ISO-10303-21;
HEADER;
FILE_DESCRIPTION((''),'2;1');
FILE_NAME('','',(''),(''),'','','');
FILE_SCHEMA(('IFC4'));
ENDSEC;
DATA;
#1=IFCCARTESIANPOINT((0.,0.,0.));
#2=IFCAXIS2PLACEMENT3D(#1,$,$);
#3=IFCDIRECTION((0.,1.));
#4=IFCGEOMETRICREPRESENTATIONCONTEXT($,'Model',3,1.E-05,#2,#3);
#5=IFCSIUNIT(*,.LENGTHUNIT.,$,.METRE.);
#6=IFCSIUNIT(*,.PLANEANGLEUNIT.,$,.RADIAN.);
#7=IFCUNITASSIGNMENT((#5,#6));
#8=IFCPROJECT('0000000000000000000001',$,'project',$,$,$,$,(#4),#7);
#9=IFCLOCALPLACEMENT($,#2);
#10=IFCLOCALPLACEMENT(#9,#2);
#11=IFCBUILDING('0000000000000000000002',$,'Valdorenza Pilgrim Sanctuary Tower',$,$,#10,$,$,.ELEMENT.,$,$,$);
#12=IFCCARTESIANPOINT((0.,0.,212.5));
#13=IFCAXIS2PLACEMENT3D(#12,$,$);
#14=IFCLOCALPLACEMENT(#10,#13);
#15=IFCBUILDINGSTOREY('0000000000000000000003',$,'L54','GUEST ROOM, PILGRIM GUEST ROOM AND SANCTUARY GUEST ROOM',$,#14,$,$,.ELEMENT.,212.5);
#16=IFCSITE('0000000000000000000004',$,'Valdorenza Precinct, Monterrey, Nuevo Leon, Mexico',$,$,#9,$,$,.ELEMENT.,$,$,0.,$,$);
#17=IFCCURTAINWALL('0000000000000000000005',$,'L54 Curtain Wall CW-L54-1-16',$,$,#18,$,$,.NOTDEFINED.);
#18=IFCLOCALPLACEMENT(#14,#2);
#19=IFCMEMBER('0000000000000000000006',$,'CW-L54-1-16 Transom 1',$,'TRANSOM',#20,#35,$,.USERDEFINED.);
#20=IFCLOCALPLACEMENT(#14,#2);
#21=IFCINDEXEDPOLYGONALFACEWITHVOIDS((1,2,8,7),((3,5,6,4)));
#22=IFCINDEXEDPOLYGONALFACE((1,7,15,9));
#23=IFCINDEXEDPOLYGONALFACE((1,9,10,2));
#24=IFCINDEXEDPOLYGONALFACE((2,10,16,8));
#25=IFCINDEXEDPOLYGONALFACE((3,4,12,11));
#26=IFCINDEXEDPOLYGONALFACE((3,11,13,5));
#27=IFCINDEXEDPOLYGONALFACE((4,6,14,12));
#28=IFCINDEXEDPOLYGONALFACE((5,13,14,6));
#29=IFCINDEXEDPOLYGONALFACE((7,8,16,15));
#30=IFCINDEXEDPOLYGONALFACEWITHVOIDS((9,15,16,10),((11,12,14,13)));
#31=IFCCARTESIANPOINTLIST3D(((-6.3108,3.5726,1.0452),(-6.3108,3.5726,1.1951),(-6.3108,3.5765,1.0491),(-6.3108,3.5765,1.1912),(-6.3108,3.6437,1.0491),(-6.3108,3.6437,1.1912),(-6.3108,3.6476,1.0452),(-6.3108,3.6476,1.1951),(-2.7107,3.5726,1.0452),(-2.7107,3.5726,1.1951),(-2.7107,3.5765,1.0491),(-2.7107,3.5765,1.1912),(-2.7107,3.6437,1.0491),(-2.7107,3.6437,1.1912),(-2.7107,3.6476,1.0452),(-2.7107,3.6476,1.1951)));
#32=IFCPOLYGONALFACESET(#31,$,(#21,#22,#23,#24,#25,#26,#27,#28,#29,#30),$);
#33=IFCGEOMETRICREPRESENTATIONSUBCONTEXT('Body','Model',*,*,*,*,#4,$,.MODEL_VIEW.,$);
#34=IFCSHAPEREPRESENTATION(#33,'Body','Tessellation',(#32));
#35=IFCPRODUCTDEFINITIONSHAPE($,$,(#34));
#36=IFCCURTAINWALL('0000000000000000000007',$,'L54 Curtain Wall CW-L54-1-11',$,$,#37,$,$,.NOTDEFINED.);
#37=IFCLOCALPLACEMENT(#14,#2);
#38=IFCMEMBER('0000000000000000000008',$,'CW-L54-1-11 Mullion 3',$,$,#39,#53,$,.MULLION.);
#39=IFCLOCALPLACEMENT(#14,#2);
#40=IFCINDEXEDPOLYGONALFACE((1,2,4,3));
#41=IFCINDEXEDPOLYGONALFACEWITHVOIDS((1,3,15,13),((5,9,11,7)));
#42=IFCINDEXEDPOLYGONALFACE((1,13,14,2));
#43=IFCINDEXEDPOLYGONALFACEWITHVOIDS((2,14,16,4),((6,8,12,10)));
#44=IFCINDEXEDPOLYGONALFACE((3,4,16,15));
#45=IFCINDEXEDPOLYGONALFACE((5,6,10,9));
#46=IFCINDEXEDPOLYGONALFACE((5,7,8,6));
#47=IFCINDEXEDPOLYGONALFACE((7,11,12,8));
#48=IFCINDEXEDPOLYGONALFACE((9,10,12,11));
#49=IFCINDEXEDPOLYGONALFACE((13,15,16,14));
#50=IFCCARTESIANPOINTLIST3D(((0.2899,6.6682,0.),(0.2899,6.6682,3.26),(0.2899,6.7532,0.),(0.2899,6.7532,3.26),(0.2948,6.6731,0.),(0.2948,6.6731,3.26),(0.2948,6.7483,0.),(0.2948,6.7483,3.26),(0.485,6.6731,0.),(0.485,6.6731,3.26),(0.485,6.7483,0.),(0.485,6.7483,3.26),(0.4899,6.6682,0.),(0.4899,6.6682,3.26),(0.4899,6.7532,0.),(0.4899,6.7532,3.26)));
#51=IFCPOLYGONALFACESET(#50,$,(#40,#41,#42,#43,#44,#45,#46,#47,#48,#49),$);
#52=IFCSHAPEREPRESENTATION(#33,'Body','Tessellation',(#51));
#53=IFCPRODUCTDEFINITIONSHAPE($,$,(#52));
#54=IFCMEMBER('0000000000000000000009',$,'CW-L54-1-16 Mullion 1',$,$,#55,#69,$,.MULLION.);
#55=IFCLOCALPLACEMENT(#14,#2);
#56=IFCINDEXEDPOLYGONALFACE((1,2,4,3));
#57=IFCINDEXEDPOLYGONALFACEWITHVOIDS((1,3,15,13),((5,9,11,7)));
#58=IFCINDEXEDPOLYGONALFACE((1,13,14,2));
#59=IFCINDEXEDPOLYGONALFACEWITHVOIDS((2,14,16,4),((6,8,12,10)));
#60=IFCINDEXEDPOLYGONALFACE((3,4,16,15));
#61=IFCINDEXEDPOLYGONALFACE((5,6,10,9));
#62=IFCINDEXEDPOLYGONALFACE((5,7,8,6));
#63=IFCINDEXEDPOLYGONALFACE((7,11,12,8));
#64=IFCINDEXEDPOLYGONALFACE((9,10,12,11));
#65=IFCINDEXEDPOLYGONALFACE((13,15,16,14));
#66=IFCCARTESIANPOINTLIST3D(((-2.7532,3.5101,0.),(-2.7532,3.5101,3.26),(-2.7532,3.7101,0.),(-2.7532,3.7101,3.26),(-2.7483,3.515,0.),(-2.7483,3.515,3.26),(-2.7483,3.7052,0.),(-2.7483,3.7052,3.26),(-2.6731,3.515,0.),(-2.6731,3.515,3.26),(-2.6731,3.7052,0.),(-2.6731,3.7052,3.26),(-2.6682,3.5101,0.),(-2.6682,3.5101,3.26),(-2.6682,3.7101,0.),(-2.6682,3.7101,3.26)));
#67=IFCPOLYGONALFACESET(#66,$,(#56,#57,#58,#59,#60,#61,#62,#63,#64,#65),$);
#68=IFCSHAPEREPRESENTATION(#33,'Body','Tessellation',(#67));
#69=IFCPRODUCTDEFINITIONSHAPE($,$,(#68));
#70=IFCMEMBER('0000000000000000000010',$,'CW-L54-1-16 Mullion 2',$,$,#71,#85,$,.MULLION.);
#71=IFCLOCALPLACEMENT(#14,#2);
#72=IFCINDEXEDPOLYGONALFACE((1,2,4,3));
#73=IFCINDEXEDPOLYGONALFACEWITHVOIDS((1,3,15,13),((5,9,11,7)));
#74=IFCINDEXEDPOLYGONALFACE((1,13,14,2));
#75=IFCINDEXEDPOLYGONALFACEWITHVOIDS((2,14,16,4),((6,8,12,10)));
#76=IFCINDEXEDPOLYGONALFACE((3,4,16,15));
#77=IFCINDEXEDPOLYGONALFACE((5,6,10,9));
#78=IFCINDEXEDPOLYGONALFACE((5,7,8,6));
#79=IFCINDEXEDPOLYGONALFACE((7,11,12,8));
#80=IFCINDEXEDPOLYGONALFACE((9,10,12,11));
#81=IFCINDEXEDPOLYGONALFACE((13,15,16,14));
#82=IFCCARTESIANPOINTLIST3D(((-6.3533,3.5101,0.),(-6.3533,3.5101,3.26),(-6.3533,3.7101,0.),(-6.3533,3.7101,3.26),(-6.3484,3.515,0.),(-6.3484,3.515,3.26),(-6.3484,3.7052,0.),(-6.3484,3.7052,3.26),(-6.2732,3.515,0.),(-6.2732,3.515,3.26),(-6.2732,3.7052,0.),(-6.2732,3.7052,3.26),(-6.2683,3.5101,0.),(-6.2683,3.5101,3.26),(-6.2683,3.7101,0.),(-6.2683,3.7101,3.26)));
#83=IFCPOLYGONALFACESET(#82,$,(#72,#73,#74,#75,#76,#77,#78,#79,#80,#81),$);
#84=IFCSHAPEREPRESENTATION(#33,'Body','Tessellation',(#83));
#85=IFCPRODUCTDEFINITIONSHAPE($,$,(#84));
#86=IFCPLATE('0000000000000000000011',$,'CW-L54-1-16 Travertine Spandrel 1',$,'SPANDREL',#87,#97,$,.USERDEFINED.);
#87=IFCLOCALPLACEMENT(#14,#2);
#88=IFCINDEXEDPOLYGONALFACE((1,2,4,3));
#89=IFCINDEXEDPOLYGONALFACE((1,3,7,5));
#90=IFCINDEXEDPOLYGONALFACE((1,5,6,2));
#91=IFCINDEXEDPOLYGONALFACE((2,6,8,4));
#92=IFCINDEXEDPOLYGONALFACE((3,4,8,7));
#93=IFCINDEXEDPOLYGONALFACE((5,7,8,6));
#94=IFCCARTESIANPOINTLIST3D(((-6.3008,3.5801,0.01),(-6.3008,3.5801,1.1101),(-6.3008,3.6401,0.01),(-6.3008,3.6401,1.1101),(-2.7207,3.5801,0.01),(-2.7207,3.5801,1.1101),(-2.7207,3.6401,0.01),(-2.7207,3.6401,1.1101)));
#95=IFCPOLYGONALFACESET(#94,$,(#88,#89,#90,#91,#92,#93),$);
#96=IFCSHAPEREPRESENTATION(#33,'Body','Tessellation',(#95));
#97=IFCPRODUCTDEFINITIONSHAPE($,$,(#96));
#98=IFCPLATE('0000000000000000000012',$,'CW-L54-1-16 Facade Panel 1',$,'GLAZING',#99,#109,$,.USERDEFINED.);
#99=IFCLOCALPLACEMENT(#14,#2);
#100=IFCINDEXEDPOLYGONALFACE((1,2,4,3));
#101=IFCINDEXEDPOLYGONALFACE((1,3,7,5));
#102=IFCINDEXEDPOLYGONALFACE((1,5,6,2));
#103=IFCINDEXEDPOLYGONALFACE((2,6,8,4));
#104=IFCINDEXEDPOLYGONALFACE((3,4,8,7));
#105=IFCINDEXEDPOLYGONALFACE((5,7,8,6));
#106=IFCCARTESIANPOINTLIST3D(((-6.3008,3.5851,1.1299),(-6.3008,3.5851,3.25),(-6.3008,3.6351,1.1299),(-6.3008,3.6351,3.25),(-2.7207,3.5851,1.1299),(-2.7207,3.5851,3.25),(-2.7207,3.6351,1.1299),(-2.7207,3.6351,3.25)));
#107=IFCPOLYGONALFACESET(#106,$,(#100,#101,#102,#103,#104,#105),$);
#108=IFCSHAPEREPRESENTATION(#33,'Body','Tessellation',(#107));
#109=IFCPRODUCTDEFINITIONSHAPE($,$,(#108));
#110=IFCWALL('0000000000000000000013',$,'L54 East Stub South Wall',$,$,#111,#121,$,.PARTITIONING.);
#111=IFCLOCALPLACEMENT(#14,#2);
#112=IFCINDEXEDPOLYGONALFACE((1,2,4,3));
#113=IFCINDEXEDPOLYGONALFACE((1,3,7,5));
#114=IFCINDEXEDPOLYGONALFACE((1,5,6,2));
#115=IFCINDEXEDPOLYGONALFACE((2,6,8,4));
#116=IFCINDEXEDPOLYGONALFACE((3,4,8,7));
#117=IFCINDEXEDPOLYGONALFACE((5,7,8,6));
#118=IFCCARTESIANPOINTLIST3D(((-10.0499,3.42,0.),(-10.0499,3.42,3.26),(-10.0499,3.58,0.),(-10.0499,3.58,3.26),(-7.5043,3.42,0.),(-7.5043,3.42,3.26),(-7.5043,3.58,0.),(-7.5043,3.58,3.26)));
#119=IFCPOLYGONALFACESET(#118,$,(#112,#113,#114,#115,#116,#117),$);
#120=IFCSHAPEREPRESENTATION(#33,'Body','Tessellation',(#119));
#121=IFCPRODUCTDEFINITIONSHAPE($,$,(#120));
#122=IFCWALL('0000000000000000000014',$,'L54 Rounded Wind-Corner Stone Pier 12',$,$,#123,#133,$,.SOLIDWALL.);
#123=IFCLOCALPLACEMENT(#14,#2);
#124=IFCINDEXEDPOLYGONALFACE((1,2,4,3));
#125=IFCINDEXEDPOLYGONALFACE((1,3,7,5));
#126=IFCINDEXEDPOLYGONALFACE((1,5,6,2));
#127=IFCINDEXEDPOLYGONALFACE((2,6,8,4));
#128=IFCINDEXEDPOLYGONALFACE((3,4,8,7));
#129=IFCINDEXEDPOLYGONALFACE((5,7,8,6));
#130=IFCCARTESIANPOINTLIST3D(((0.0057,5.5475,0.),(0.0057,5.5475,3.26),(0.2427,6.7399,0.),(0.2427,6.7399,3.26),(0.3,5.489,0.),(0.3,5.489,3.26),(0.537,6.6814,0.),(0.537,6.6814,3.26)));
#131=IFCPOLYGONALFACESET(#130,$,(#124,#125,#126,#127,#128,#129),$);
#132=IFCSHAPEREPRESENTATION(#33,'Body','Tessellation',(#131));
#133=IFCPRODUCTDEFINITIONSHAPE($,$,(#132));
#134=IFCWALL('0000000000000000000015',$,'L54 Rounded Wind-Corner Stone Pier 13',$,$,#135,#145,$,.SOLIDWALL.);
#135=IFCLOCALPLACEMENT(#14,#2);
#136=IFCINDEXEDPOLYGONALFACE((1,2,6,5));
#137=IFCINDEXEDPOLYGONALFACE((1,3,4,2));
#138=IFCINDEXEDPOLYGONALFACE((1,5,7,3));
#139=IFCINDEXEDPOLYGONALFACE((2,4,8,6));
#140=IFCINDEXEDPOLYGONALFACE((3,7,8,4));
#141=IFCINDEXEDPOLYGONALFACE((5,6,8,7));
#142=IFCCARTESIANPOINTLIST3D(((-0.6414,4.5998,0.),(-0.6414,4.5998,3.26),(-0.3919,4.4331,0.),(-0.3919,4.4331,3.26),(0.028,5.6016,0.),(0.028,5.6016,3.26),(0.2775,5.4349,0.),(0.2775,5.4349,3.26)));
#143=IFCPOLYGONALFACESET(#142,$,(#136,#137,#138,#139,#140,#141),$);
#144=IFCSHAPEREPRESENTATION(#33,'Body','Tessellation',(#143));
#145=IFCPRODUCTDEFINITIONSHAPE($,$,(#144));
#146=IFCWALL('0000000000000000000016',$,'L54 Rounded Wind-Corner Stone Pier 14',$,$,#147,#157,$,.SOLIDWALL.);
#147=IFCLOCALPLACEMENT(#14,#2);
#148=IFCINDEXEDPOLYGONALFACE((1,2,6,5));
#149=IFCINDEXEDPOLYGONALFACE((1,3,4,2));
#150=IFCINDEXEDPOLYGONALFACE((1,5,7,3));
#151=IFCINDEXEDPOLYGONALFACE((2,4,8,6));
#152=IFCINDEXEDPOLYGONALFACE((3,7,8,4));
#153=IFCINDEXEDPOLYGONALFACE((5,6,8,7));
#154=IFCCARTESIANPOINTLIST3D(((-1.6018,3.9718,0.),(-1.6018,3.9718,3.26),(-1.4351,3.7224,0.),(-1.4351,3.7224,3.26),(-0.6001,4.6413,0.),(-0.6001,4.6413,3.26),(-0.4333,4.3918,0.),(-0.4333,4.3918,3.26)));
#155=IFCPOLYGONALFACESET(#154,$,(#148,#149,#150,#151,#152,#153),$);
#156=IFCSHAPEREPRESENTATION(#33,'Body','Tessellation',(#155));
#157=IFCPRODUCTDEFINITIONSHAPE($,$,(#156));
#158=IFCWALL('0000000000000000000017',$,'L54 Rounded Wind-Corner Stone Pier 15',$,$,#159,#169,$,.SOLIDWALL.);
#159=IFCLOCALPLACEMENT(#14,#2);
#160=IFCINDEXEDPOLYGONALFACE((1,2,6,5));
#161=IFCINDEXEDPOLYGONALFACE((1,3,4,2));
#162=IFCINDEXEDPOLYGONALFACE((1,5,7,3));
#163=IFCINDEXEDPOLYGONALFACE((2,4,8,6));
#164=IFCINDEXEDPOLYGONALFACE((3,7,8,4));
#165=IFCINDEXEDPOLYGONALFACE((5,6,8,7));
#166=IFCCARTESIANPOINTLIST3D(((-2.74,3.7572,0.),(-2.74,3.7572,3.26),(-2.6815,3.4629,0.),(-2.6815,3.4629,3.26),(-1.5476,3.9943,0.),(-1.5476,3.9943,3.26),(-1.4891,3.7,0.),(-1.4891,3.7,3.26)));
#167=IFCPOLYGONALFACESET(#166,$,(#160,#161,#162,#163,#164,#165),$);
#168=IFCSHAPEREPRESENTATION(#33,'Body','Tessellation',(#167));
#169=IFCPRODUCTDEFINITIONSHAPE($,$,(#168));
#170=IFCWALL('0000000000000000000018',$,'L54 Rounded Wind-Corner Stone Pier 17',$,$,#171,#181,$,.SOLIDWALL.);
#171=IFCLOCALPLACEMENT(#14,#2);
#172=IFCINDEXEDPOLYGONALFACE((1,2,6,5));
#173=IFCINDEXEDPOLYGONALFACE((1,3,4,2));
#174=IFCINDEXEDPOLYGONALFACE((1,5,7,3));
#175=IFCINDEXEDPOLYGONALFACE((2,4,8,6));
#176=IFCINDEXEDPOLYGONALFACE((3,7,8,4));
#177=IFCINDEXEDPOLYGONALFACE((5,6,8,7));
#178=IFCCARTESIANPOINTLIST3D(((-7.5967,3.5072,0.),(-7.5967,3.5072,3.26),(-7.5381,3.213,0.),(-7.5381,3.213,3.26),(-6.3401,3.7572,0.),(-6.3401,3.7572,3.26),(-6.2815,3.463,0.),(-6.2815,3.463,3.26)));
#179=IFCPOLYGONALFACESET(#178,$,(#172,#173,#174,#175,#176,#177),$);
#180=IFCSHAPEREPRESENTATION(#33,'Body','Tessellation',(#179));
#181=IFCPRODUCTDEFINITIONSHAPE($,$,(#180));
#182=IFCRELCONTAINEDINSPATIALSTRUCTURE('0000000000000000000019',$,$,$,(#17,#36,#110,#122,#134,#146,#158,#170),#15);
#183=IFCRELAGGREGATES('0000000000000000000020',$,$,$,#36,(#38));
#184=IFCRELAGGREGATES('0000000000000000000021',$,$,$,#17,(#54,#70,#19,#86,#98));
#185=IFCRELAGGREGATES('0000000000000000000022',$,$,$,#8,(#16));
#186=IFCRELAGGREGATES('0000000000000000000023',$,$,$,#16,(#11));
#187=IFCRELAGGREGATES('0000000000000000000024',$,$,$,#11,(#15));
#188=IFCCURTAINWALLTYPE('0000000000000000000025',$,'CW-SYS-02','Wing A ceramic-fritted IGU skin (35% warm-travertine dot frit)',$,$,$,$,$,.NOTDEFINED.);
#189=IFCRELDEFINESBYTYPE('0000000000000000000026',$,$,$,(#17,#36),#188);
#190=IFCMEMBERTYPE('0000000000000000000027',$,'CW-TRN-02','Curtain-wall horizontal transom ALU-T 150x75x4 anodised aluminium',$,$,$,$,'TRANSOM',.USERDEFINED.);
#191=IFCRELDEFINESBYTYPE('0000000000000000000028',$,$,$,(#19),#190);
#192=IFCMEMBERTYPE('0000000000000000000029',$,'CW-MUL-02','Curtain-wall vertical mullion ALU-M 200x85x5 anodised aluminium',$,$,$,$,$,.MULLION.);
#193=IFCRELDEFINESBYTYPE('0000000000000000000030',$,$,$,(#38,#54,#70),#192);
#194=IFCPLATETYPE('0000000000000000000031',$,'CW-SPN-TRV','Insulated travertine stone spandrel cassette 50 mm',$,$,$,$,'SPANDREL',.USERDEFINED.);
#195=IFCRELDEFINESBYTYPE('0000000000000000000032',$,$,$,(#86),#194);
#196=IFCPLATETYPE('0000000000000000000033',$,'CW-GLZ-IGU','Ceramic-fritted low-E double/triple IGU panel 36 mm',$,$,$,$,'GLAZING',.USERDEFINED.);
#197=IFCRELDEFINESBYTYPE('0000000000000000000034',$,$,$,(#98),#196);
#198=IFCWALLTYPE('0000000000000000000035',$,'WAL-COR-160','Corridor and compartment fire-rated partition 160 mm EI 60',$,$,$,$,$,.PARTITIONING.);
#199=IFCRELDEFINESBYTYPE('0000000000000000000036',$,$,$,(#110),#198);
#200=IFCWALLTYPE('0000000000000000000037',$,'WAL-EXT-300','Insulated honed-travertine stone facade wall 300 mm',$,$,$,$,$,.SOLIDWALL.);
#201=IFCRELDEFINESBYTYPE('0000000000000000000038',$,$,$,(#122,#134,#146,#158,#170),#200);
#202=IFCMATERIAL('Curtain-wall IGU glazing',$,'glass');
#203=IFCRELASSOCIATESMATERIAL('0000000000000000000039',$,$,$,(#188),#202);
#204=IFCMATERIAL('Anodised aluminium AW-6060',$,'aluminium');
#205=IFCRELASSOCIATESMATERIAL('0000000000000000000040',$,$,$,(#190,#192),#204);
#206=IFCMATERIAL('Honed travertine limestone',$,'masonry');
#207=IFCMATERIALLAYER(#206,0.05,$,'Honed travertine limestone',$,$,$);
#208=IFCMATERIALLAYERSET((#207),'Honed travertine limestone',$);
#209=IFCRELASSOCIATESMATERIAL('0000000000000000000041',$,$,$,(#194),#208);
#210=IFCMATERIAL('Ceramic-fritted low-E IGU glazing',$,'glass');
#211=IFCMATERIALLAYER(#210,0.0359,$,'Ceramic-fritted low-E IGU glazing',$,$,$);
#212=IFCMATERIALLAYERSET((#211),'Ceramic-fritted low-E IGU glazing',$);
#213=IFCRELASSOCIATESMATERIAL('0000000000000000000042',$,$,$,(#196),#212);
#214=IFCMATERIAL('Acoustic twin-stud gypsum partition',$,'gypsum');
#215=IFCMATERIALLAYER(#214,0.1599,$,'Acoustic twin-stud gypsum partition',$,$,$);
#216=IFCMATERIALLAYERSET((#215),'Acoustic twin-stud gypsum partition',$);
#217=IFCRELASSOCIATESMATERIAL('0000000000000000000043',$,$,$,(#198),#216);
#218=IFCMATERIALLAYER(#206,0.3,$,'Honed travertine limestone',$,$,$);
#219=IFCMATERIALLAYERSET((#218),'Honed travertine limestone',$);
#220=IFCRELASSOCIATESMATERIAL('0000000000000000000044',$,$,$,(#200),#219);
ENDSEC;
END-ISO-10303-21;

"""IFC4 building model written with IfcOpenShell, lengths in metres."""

from ifc_helpers import new_model, si_unit, direction, frame, frame_2d, origin, origin_2d, place, context, subcontext, project, spatial, rectangle, hollow_rectangle, extrude, source, transform, mapped, material, layer, layer_set, material_profile, profile_set, type_object, element, aggregate, save


model = new_model("IFC4")

# Units and contexts
model_context = context("Model", 3, precision=1e-05, world=origin(), true_north=direction((0.0, 1.0)))
body_context = subcontext(model_context, "Body", "Model", "MODEL_VIEW")
ifc_project = project(units=[si_unit("LENGTHUNIT", "METRE"), si_unit("PLANEANGLEUNIT", "RADIAN")], contexts=[model_context])

# Site, building, storey
site_placement = place(None, origin())
site = spatial("IfcSite", under=ifc_project, at=site_placement, Name="Valdorenza Precinct, Monterrey, Nuevo Leon, Mexico", CompositionType="ELEMENT", RefElevation=0.0)
building_placement = place(site_placement, origin())
building = spatial("IfcBuilding", under=site, at=building_placement, Name="Valdorenza Pilgrim Sanctuary Tower", CompositionType="ELEMENT")
storey_placement = place(building_placement, frame((0.0, 0.0, 212.5)))
storey = spatial("IfcBuildingStorey", under=building, at=storey_placement, Name="L54", Description="GUEST ROOM, PILGRIM GUEST ROOM AND SANCTUARY GUEST ROOM", CompositionType="ELEMENT", Elevation=212.5)

# Curtain walls, members
ifc_material_1 = material(Name="Curtain-wall IGU glazing", Category="glass")
curtain_wall_type = type_object("IfcCurtainWallType", Name="CW-SYS-02", Description="Wing A ceramic-fritted IGU skin (35% warm-travertine dot frit)", PredefinedType="NOTDEFINED", material=ifc_material_1)
curtain_wall_1_placement = place(storey_placement, origin())
curtain_wall_1 = element("IfcCurtainWall", 1, at=curtain_wall_1_placement, inside=storey, type_object=curtain_wall_type, Name="L54 Curtain Wall CW-L54-1-16", PredefinedType="NOTDEFINED")
ifc_material_2 = material(Name="Anodised aluminium AW-6060", Category="aluminium")
ifc_material_profile_1 = material_profile(ifc_material_2, hollow_rectangle(XDim=0.075, YDim=0.1499, WallThickness=0.0039, at=origin_2d()), Name="ALU-T 150x75x4")
ifc_profile_set_1 = profile_set([ifc_material_profile_1], Name="Anodised aluminium AW-6060")
member_type_1 = type_object("IfcMemberType", Name="CW-TRN-02", Description="Curtain-wall horizontal transom ALU-T 150x75x4 anodised aluminium", ElementType="TRANSOM", PredefinedType="USERDEFINED", material=ifc_profile_set_1)
shared_shape_1 = source(origin(), body_context, "Body", "SweptSolid", [
    extrude(hollow_rectangle(XDim=0.075, YDim=0.1499, WallThickness=0.0039, at=origin_2d()), origin(), (0.0, 0.0, 1.0), 3.6001),
])
member_1_placement = place(storey_placement, frame((-2.7107, 3.6101, 1.1201), z_axis=(-1.0, 0.0, 0.0), x_axis=(0.0, -1.0, 0.0)))
member_1 = element("IfcMember", 2, at=member_1_placement, type_object=member_type_1, Name="CW-L54-1-16 Transom 1", ObjectType="TRANSOM", PredefinedType="USERDEFINED", context=body_context, shape_type="MappedRepresentation", body=[
    mapped(shared_shape_1, transform((0.0, 0.0, 0.0), x_axis=(1.0, 0.0, 0.0), y_axis=(0.0, 1.0, 0.0), z_axis=(0.0, 0.0, 1.0), scale=1.0)),
])
curtain_wall_2_placement = place(storey_placement, origin())
curtain_wall_2 = element("IfcCurtainWall", 3, at=curtain_wall_2_placement, inside=storey, type_object=curtain_wall_type, Name="L54 Curtain Wall CW-L54-1-11", PredefinedType="NOTDEFINED")
ifc_material_profile_2 = material_profile(ifc_material_2, hollow_rectangle(XDim=0.085, YDim=0.2, WallThickness=0.0049, at=origin_2d()), Name="ALU-M 200x85x5")
ifc_profile_set_2 = profile_set([ifc_material_profile_2], Name="Anodised aluminium AW-6060")
member_type_2 = type_object("IfcMemberType", Name="CW-MUL-02", Description="Curtain-wall vertical mullion ALU-M 200x85x5 anodised aluminium", PredefinedType="MULLION", material=ifc_profile_set_2)
shared_shape_2 = source(origin(), body_context, "Body", "SweptSolid", [
    extrude(hollow_rectangle(XDim=0.085, YDim=0.2, WallThickness=0.0049, at=origin_2d()), origin(), (0.0, 0.0, 1.0), 3.26),
])
member_2_placement = place(storey_placement, frame((0.3899, 6.7107, 0.0), z_axis=(0.0, 0.0, 1.0), x_axis=(0.0, -1.0, 0.0)))
member_2 = element("IfcMember", 4, at=member_2_placement, type_object=member_type_2, Name="CW-L54-1-11 Mullion 3", PredefinedType="MULLION", context=body_context, shape_type="MappedRepresentation", body=[
    mapped(shared_shape_2, transform((0.0, 0.0, 0.0), x_axis=(1.0, 0.0, 0.0), y_axis=(0.0, 1.0, 0.0), z_axis=(0.0, 0.0, 1.0), scale=1.0)),
])
aggregate(curtain_wall_2, [member_2])

# Members
member_3_placement = place(storey_placement, frame((-2.7107, 3.6101, 0.0), z_axis=(0.0, 0.0, 1.0), x_axis=(-1.0, 0.0, 0.0)))
member_3 = element("IfcMember", 5, at=member_3_placement, type_object=member_type_2, Name="CW-L54-1-16 Mullion 1", PredefinedType="MULLION", context=body_context, shape_type="MappedRepresentation", body=[
    mapped(shared_shape_2, transform((0.0, 0.0, 0.0), x_axis=(1.0, 0.0, 0.0), y_axis=(0.0, 1.0, 0.0), z_axis=(0.0, 0.0, 1.0), scale=1.0)),
])
member_4_placement = place(storey_placement, frame((-6.3108, 3.6101, 0.0), z_axis=(0.0, 0.0, 1.0), x_axis=(-1.0, 0.0, 0.0)))
member_4 = element("IfcMember", 6, at=member_4_placement, type_object=member_type_2, Name="CW-L54-1-16 Mullion 2", PredefinedType="MULLION", context=body_context, shape_type="MappedRepresentation", body=[
    mapped(shared_shape_2, transform((0.0, 0.0, 0.0), x_axis=(1.0, 0.0, 0.0), y_axis=(0.0, 1.0, 0.0), z_axis=(0.0, 0.0, 1.0), scale=1.0)),
])

# Plates
ifc_material_3 = material(Name="Honed travertine limestone", Category="masonry")
ifc_layer_1 = layer(ifc_material_3, 0.05, Name="Honed travertine limestone")
ifc_layer_set_1 = layer_set([ifc_layer_1], Name="Honed travertine limestone")
plate_type_1 = type_object("IfcPlateType", Name="CW-SPN-TRV", Description="Insulated travertine stone spandrel cassette 50 mm", ElementType="SPANDREL", PredefinedType="USERDEFINED", material=ifc_layer_set_1)
shared_shape_3 = source(origin(), body_context, "Body", "SweptSolid", [
    extrude(rectangle(XDim=3.5801, YDim=0.0601, at=origin_2d()), origin(), (0.0, 0.0, 1.0), 1.1001),
])
plate_1_placement = place(storey_placement, frame((-4.5107, 3.6101, 0.01), z_axis=(0.0, 0.0, 1.0), x_axis=(-1.0, 0.0, 0.0)))
plate_1 = element("IfcPlate", 7, at=plate_1_placement, type_object=plate_type_1, Name="CW-L54-1-16 Travertine Spandrel 1", ObjectType="SPANDREL", PredefinedType="USERDEFINED", context=body_context, shape_type="MappedRepresentation", body=[
    mapped(shared_shape_3, transform((0.0, 0.0, 0.0), x_axis=(1.0, 0.0, 0.0), y_axis=(0.0, 1.0, 0.0), z_axis=(0.0, 0.0, 1.0), scale=1.0)),
])
ifc_material_4 = material(Name="Ceramic-fritted low-E IGU glazing", Category="glass")
ifc_layer_2 = layer(ifc_material_4, 0.0359, Name="Ceramic-fritted low-E IGU glazing")
ifc_layer_set_2 = layer_set([ifc_layer_2], Name="Ceramic-fritted low-E IGU glazing")
plate_type_2 = type_object("IfcPlateType", Name="CW-GLZ-IGU", Description="Ceramic-fritted low-E double/triple IGU panel 36 mm", ElementType="GLAZING", PredefinedType="USERDEFINED", material=ifc_layer_set_2)
shared_shape_4 = source(origin(), body_context, "Body", "SweptSolid", [
    extrude(rectangle(XDim=3.5801, YDim=0.05, at=origin_2d()), origin(), (0.0, 0.0, 1.0), 2.1201),
])
plate_2_placement = place(storey_placement, frame((-4.5107, 3.6101, 1.1299), z_axis=(0.0, 0.0, 1.0), x_axis=(-1.0, 0.0, 0.0)))
plate_2 = element("IfcPlate", 8, at=plate_2_placement, type_object=plate_type_2, Name="CW-L54-1-16 Facade Panel 1", ObjectType="GLAZING", PredefinedType="USERDEFINED", context=body_context, shape_type="MappedRepresentation", body=[
    mapped(shared_shape_4, transform((0.0, 0.0, 0.0), x_axis=(1.0, 0.0, 0.0), y_axis=(0.0, 1.0, 0.0), z_axis=(0.0, 0.0, 1.0), scale=1.0)),
])
aggregate(curtain_wall_1, [member_3, member_4, member_1, plate_1, plate_2])

# Shared definitions
ifc_material_5 = material(Name="Acoustic twin-stud gypsum partition", Category="gypsum")
ifc_layer_3 = layer(ifc_material_5, 0.1599, Name="Acoustic twin-stud gypsum partition")
ifc_layer_set_3 = layer_set([ifc_layer_3], Name="Acoustic twin-stud gypsum partition")
wall_type_1 = type_object("IfcWallType", Name="WAL-COR-160", Description="Corridor and compartment fire-rated partition 160 mm EI 60", PredefinedType="PARTITIONING", material=ifc_layer_set_3)

# Walls
wall_1_placement = place(storey_placement, frame((-10.05, 3.5, 0.0), z_axis=(0.0, 0.0, 1.0), x_axis=(1.0, 0.0, 0.0)))
element("IfcWall", 9, at=wall_1_placement, inside=storey, type_object=wall_type_1, Name="L54 East Stub South Wall", PredefinedType="PARTITIONING", context=body_context, shape_type="SweptSolid", body=[
    extrude(rectangle(XDim=2.5457, YDim=0.1599, at=frame_2d((1.2729, 0.0))), origin(), (0.0, 0.0, 1.0), 3.26),
])
ifc_layer_4 = layer(ifc_material_3, 0.3, Name="Honed travertine limestone")
ifc_layer_set_4 = layer_set([ifc_layer_4], Name="Honed travertine limestone")
wall_type_2 = type_object("IfcWallType", Name="WAL-EXT-300", Description="Insulated honed-travertine stone facade wall 300 mm", PredefinedType="SOLIDWALL", material=ifc_layer_set_4)
wall_2_placement = place(storey_placement, frame((0.3899, 6.7107, 0.0), z_axis=(0.0, 0.0, 1.0), x_axis=(-0.194996, -0.980804, 0.0)))
element("IfcWall", 10, at=wall_2_placement, inside=storey, type_object=wall_type_2, Name="L54 Rounded Wind-Corner Stone Pier 12", PredefinedType="SOLIDWALL", context=body_context, shape_type="SweptSolid", body=[
    extrude(rectangle(XDim=1.2158, YDim=0.3, at=frame_2d((0.6079, 0.0))), origin(), (0.0, 0.0, 1.0), 3.26),
])
for number, where, z_axis, x_axis, name in (
    (11, (0.1528, 5.5183, 0.0), (0.0, 0.0, 1.0), (-0.555635, -0.831426, 0.0), "L54 Rounded Wind-Corner Stone Pier 13"),
    (12, (-0.5166, 4.5166, 0.0), (0.0, 0.0, 1.0), (-0.831426, -0.555635, 0.0), "L54 Rounded Wind-Corner Stone Pier 14"),
):
    element("IfcWall", number, at=place(storey_placement, frame(where, z_axis=z_axis, x_axis=x_axis)), inside=storey, type_object=wall_type_2, Name=name, PredefinedType="SOLIDWALL", context=body_context, shape_type="SweptSolid", body=[
        extrude(rectangle(XDim=1.2048, YDim=0.3, at=frame_2d((0.6025, 0.0))), origin(), (0.0, 0.0, 1.0), 3.26),
    ])
wall_3_placement = place(storey_placement, frame((-1.5183, 3.8472, 0.0), z_axis=(0.0, 0.0, 1.0), x_axis=(-0.980804, -0.194996, 0.0)))
element("IfcWall", 13, at=wall_3_placement, inside=storey, type_object=wall_type_2, Name="L54 Rounded Wind-Corner Stone Pier 15", PredefinedType="SOLIDWALL", context=body_context, shape_type="SweptSolid", body=[
    extrude(rectangle(XDim=1.2158, YDim=0.3, at=frame_2d((0.6079, 0.0))), origin(), (0.0, 0.0, 1.0), 3.26),
])
wall_4_placement = place(storey_placement, frame((-6.3108, 3.6101, 0.0), z_axis=(0.0, 0.0, 1.0), x_axis=(-0.980778, -0.195127, 0.0)))
element("IfcWall", 14, at=wall_4_placement, inside=storey, type_object=wall_type_2, Name="L54 Rounded Wind-Corner Stone Pier 17", PredefinedType="SOLIDWALL", context=body_context, shape_type="SweptSolid", body=[
    extrude(rectangle(XDim=1.2812, YDim=0.3, at=frame_2d((0.6406, 0.0))), origin(), (0.0, 0.0, 1.0), 3.26),
])

save(model, "model.ifc")
